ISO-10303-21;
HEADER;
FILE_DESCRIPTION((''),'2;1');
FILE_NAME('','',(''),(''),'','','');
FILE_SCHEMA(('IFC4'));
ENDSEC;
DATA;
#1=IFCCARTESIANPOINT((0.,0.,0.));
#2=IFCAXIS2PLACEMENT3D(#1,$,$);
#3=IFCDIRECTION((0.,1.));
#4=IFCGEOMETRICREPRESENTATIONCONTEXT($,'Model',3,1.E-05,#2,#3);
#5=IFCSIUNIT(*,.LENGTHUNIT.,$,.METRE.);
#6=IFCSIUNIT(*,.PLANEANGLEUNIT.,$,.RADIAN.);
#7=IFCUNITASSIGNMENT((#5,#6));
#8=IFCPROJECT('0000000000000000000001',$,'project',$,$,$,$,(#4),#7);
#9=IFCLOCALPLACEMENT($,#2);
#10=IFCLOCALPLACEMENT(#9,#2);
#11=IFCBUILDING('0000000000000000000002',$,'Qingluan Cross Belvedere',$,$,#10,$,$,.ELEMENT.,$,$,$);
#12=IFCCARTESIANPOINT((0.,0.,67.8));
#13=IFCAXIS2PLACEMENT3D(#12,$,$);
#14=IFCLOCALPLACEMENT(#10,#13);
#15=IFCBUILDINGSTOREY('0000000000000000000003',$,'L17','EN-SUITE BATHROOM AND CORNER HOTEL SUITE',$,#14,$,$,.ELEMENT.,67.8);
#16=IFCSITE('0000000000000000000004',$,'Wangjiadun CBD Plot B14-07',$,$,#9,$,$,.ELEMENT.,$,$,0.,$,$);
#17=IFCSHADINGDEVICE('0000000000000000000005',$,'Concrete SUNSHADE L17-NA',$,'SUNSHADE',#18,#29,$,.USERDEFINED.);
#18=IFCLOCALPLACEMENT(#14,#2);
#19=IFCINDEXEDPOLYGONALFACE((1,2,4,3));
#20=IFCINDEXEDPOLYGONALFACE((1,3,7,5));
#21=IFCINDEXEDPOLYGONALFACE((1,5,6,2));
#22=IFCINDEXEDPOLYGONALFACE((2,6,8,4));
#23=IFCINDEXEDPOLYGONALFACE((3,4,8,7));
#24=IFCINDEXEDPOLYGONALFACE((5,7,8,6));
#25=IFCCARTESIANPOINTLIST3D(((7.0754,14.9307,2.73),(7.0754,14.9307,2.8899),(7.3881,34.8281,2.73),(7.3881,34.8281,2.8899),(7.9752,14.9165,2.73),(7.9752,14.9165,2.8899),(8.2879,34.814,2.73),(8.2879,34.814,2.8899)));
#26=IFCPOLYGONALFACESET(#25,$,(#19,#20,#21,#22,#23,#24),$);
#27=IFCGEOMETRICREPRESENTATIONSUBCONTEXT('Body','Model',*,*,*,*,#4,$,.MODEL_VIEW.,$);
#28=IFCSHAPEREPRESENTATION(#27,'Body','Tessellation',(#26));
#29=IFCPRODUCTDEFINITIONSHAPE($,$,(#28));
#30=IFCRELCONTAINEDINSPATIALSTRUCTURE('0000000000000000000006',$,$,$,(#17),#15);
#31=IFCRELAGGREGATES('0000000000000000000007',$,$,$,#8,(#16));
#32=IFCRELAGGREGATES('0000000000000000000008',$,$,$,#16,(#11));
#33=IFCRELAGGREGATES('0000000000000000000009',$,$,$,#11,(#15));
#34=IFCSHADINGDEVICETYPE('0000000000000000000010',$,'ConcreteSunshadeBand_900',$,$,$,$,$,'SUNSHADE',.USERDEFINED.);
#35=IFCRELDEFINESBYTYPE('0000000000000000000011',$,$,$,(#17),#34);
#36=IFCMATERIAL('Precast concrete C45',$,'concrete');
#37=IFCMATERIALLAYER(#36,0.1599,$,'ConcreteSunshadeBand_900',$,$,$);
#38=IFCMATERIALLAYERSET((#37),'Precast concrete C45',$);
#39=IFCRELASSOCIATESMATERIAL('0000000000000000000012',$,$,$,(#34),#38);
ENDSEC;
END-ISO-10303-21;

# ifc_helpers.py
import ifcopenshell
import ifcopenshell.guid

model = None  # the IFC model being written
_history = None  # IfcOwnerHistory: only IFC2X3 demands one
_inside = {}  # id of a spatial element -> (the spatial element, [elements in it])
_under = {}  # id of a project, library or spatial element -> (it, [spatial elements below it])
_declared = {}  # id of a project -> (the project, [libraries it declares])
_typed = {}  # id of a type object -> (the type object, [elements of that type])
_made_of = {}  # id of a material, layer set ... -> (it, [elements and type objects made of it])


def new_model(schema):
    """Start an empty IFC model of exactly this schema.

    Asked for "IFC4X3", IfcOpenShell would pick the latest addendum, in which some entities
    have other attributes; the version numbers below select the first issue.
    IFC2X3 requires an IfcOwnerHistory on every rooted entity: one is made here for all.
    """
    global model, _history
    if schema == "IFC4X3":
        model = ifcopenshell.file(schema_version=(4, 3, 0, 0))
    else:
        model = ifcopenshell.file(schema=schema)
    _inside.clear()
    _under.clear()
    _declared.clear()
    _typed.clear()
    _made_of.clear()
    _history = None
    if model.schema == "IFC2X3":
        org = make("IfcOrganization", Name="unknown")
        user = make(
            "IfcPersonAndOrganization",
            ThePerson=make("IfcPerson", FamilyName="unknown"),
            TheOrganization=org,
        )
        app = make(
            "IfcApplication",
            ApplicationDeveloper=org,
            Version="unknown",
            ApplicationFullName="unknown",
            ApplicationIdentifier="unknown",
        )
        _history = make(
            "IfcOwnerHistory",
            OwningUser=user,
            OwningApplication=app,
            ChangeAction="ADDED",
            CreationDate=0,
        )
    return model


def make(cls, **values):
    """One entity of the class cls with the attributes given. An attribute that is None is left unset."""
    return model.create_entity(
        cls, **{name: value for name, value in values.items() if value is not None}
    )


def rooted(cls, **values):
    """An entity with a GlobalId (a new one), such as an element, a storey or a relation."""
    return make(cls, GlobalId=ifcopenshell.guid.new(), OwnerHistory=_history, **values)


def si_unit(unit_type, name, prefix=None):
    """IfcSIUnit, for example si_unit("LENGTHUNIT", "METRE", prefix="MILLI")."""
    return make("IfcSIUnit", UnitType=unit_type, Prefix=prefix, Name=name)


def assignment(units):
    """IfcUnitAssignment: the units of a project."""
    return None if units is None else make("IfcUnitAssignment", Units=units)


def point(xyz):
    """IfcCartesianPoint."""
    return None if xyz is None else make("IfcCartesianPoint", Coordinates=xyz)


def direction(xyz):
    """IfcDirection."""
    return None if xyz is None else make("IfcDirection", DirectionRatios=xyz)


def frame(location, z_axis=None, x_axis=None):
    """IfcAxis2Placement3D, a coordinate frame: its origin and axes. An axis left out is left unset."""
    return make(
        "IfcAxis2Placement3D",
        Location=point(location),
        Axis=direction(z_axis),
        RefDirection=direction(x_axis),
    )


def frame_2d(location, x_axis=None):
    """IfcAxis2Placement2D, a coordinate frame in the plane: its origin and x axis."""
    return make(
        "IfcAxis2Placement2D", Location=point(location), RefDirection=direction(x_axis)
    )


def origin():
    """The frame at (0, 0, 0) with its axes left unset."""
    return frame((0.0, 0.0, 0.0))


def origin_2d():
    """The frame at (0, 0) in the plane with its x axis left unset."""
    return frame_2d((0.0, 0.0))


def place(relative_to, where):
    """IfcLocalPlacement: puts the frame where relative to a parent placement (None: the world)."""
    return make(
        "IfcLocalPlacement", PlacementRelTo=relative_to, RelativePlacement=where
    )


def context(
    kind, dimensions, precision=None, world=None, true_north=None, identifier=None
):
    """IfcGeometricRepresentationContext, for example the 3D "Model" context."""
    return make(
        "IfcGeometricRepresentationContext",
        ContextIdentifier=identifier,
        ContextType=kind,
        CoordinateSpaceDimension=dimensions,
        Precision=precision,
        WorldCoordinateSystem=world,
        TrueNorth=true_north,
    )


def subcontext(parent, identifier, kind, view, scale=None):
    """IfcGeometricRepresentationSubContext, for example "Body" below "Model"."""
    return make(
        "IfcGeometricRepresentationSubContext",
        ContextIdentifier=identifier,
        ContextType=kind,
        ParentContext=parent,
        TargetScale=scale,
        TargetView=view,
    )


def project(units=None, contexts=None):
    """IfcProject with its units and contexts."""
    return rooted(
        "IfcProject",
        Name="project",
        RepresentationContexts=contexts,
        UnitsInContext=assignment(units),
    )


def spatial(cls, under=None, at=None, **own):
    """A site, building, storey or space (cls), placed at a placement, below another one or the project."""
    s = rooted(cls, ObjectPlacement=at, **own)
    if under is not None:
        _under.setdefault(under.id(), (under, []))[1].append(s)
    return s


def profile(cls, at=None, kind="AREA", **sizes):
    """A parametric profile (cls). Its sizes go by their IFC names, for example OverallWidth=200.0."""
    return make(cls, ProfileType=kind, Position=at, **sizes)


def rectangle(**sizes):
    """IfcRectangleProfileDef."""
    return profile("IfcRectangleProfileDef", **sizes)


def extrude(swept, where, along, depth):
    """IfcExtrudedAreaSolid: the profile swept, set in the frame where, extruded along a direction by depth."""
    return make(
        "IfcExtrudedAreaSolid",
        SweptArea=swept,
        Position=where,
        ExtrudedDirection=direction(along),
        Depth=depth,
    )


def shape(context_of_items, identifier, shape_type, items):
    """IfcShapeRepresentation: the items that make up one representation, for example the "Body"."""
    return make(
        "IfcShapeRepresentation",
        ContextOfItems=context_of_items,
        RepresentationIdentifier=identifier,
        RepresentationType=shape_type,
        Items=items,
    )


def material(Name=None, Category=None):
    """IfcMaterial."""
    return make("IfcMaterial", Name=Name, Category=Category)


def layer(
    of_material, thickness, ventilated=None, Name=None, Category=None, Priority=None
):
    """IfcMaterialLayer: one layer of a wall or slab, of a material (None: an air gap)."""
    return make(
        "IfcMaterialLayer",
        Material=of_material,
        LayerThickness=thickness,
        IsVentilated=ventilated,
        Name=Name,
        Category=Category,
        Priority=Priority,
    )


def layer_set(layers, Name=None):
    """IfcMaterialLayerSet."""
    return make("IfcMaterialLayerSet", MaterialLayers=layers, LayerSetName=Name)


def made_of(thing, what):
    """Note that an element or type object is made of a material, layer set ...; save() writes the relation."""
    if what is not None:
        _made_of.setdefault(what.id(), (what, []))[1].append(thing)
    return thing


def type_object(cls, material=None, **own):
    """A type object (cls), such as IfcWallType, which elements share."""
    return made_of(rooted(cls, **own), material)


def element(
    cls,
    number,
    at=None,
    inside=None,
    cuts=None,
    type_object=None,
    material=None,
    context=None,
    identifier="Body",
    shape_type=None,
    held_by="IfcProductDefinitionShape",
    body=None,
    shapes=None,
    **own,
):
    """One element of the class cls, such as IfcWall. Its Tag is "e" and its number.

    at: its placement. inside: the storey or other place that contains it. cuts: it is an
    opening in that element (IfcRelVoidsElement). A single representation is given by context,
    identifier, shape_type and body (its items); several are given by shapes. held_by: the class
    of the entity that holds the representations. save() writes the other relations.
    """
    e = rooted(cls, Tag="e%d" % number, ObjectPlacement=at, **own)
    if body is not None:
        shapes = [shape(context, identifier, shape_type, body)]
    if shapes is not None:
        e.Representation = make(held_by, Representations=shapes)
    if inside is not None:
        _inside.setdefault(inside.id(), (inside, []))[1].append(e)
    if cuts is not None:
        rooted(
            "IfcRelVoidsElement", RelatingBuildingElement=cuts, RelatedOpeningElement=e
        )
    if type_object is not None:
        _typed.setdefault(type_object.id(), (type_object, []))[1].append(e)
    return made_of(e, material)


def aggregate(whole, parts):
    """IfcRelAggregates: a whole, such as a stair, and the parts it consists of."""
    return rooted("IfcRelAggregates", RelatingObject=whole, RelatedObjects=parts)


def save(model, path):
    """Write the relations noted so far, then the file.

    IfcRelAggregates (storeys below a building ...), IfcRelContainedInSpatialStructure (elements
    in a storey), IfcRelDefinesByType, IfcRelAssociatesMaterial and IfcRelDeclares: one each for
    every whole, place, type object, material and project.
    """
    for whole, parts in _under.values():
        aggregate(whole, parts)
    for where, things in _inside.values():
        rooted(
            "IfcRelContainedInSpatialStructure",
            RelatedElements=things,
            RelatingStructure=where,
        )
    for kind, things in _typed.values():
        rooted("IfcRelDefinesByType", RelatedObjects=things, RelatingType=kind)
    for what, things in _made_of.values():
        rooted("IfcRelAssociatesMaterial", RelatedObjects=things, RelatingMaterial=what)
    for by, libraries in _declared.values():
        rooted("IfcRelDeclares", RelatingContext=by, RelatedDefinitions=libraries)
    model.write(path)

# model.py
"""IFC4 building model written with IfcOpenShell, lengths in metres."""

from ifc_helpers import new_model, si_unit, direction, frame, origin, origin_2d, place, context, subcontext, project, spatial, rectangle, extrude, material, layer, layer_set, type_object, element, save


model = new_model("IFC4")

# Units and contexts
model_context = context("Model", 3, precision=1e-05, world=origin(), true_north=direction((0.0, 1.0)))
body_context = subcontext(model_context, "Body", "Model", "MODEL_VIEW")
ifc_project = project(units=[si_unit("LENGTHUNIT", "METRE"), si_unit("PLANEANGLEUNIT", "RADIAN")], contexts=[model_context])

# Site, building, storey
site_placement = place(None, origin())
site = spatial("IfcSite", under=ifc_project, at=site_placement, Name="Wangjiadun CBD Plot B14-07", CompositionType="ELEMENT", RefElevation=0.0)
building_placement = place(site_placement, origin())
building = spatial("IfcBuilding", under=site, at=building_placement, Name="Qingluan Cross Belvedere", CompositionType="ELEMENT")
storey_placement = place(building_placement, frame((0.0, 0.0, 67.8)))
storey = spatial("IfcBuildingStorey", under=building, at=storey_placement, Name="L17", Description="EN-SUITE BATHROOM AND CORNER HOTEL SUITE", CompositionType="ELEMENT", Elevation=67.8)

# Shading device
ifc_material_1 = material(Name="Precast concrete C45", Category="concrete")
ifc_layer_1 = layer(ifc_material_1, 0.1599, Name="ConcreteSunshadeBand_900")
ifc_layer_set_1 = layer_set([ifc_layer_1], Name="Precast concrete C45")
shading_device_type = type_object("IfcShadingDeviceType", Name="ConcreteSunshadeBand_900", ElementType="SUNSHADE", PredefinedType="USERDEFINED", material=ifc_layer_set_1)
shading_device_placement = place(storey_placement, frame((7.6816, 24.8723, 2.73), z_axis=(0.0, 0.0, 1.0), x_axis=(0.015711, 0.999877, 0.0)))
element("IfcShadingDevice", 1, at=shading_device_placement, inside=storey, type_object=shading_device_type, Name="Concrete SUNSHADE L17-NA", ObjectType="SUNSHADE", PredefinedType="USERDEFINED", context=body_context, shape_type="SweptSolid", body=[
    extrude(rectangle(XDim=19.8999, YDim=0.8999, at=origin_2d()), origin(), (0.0, 0.0, 1.0), 0.1599),
])

save(model, "model.ifc")
